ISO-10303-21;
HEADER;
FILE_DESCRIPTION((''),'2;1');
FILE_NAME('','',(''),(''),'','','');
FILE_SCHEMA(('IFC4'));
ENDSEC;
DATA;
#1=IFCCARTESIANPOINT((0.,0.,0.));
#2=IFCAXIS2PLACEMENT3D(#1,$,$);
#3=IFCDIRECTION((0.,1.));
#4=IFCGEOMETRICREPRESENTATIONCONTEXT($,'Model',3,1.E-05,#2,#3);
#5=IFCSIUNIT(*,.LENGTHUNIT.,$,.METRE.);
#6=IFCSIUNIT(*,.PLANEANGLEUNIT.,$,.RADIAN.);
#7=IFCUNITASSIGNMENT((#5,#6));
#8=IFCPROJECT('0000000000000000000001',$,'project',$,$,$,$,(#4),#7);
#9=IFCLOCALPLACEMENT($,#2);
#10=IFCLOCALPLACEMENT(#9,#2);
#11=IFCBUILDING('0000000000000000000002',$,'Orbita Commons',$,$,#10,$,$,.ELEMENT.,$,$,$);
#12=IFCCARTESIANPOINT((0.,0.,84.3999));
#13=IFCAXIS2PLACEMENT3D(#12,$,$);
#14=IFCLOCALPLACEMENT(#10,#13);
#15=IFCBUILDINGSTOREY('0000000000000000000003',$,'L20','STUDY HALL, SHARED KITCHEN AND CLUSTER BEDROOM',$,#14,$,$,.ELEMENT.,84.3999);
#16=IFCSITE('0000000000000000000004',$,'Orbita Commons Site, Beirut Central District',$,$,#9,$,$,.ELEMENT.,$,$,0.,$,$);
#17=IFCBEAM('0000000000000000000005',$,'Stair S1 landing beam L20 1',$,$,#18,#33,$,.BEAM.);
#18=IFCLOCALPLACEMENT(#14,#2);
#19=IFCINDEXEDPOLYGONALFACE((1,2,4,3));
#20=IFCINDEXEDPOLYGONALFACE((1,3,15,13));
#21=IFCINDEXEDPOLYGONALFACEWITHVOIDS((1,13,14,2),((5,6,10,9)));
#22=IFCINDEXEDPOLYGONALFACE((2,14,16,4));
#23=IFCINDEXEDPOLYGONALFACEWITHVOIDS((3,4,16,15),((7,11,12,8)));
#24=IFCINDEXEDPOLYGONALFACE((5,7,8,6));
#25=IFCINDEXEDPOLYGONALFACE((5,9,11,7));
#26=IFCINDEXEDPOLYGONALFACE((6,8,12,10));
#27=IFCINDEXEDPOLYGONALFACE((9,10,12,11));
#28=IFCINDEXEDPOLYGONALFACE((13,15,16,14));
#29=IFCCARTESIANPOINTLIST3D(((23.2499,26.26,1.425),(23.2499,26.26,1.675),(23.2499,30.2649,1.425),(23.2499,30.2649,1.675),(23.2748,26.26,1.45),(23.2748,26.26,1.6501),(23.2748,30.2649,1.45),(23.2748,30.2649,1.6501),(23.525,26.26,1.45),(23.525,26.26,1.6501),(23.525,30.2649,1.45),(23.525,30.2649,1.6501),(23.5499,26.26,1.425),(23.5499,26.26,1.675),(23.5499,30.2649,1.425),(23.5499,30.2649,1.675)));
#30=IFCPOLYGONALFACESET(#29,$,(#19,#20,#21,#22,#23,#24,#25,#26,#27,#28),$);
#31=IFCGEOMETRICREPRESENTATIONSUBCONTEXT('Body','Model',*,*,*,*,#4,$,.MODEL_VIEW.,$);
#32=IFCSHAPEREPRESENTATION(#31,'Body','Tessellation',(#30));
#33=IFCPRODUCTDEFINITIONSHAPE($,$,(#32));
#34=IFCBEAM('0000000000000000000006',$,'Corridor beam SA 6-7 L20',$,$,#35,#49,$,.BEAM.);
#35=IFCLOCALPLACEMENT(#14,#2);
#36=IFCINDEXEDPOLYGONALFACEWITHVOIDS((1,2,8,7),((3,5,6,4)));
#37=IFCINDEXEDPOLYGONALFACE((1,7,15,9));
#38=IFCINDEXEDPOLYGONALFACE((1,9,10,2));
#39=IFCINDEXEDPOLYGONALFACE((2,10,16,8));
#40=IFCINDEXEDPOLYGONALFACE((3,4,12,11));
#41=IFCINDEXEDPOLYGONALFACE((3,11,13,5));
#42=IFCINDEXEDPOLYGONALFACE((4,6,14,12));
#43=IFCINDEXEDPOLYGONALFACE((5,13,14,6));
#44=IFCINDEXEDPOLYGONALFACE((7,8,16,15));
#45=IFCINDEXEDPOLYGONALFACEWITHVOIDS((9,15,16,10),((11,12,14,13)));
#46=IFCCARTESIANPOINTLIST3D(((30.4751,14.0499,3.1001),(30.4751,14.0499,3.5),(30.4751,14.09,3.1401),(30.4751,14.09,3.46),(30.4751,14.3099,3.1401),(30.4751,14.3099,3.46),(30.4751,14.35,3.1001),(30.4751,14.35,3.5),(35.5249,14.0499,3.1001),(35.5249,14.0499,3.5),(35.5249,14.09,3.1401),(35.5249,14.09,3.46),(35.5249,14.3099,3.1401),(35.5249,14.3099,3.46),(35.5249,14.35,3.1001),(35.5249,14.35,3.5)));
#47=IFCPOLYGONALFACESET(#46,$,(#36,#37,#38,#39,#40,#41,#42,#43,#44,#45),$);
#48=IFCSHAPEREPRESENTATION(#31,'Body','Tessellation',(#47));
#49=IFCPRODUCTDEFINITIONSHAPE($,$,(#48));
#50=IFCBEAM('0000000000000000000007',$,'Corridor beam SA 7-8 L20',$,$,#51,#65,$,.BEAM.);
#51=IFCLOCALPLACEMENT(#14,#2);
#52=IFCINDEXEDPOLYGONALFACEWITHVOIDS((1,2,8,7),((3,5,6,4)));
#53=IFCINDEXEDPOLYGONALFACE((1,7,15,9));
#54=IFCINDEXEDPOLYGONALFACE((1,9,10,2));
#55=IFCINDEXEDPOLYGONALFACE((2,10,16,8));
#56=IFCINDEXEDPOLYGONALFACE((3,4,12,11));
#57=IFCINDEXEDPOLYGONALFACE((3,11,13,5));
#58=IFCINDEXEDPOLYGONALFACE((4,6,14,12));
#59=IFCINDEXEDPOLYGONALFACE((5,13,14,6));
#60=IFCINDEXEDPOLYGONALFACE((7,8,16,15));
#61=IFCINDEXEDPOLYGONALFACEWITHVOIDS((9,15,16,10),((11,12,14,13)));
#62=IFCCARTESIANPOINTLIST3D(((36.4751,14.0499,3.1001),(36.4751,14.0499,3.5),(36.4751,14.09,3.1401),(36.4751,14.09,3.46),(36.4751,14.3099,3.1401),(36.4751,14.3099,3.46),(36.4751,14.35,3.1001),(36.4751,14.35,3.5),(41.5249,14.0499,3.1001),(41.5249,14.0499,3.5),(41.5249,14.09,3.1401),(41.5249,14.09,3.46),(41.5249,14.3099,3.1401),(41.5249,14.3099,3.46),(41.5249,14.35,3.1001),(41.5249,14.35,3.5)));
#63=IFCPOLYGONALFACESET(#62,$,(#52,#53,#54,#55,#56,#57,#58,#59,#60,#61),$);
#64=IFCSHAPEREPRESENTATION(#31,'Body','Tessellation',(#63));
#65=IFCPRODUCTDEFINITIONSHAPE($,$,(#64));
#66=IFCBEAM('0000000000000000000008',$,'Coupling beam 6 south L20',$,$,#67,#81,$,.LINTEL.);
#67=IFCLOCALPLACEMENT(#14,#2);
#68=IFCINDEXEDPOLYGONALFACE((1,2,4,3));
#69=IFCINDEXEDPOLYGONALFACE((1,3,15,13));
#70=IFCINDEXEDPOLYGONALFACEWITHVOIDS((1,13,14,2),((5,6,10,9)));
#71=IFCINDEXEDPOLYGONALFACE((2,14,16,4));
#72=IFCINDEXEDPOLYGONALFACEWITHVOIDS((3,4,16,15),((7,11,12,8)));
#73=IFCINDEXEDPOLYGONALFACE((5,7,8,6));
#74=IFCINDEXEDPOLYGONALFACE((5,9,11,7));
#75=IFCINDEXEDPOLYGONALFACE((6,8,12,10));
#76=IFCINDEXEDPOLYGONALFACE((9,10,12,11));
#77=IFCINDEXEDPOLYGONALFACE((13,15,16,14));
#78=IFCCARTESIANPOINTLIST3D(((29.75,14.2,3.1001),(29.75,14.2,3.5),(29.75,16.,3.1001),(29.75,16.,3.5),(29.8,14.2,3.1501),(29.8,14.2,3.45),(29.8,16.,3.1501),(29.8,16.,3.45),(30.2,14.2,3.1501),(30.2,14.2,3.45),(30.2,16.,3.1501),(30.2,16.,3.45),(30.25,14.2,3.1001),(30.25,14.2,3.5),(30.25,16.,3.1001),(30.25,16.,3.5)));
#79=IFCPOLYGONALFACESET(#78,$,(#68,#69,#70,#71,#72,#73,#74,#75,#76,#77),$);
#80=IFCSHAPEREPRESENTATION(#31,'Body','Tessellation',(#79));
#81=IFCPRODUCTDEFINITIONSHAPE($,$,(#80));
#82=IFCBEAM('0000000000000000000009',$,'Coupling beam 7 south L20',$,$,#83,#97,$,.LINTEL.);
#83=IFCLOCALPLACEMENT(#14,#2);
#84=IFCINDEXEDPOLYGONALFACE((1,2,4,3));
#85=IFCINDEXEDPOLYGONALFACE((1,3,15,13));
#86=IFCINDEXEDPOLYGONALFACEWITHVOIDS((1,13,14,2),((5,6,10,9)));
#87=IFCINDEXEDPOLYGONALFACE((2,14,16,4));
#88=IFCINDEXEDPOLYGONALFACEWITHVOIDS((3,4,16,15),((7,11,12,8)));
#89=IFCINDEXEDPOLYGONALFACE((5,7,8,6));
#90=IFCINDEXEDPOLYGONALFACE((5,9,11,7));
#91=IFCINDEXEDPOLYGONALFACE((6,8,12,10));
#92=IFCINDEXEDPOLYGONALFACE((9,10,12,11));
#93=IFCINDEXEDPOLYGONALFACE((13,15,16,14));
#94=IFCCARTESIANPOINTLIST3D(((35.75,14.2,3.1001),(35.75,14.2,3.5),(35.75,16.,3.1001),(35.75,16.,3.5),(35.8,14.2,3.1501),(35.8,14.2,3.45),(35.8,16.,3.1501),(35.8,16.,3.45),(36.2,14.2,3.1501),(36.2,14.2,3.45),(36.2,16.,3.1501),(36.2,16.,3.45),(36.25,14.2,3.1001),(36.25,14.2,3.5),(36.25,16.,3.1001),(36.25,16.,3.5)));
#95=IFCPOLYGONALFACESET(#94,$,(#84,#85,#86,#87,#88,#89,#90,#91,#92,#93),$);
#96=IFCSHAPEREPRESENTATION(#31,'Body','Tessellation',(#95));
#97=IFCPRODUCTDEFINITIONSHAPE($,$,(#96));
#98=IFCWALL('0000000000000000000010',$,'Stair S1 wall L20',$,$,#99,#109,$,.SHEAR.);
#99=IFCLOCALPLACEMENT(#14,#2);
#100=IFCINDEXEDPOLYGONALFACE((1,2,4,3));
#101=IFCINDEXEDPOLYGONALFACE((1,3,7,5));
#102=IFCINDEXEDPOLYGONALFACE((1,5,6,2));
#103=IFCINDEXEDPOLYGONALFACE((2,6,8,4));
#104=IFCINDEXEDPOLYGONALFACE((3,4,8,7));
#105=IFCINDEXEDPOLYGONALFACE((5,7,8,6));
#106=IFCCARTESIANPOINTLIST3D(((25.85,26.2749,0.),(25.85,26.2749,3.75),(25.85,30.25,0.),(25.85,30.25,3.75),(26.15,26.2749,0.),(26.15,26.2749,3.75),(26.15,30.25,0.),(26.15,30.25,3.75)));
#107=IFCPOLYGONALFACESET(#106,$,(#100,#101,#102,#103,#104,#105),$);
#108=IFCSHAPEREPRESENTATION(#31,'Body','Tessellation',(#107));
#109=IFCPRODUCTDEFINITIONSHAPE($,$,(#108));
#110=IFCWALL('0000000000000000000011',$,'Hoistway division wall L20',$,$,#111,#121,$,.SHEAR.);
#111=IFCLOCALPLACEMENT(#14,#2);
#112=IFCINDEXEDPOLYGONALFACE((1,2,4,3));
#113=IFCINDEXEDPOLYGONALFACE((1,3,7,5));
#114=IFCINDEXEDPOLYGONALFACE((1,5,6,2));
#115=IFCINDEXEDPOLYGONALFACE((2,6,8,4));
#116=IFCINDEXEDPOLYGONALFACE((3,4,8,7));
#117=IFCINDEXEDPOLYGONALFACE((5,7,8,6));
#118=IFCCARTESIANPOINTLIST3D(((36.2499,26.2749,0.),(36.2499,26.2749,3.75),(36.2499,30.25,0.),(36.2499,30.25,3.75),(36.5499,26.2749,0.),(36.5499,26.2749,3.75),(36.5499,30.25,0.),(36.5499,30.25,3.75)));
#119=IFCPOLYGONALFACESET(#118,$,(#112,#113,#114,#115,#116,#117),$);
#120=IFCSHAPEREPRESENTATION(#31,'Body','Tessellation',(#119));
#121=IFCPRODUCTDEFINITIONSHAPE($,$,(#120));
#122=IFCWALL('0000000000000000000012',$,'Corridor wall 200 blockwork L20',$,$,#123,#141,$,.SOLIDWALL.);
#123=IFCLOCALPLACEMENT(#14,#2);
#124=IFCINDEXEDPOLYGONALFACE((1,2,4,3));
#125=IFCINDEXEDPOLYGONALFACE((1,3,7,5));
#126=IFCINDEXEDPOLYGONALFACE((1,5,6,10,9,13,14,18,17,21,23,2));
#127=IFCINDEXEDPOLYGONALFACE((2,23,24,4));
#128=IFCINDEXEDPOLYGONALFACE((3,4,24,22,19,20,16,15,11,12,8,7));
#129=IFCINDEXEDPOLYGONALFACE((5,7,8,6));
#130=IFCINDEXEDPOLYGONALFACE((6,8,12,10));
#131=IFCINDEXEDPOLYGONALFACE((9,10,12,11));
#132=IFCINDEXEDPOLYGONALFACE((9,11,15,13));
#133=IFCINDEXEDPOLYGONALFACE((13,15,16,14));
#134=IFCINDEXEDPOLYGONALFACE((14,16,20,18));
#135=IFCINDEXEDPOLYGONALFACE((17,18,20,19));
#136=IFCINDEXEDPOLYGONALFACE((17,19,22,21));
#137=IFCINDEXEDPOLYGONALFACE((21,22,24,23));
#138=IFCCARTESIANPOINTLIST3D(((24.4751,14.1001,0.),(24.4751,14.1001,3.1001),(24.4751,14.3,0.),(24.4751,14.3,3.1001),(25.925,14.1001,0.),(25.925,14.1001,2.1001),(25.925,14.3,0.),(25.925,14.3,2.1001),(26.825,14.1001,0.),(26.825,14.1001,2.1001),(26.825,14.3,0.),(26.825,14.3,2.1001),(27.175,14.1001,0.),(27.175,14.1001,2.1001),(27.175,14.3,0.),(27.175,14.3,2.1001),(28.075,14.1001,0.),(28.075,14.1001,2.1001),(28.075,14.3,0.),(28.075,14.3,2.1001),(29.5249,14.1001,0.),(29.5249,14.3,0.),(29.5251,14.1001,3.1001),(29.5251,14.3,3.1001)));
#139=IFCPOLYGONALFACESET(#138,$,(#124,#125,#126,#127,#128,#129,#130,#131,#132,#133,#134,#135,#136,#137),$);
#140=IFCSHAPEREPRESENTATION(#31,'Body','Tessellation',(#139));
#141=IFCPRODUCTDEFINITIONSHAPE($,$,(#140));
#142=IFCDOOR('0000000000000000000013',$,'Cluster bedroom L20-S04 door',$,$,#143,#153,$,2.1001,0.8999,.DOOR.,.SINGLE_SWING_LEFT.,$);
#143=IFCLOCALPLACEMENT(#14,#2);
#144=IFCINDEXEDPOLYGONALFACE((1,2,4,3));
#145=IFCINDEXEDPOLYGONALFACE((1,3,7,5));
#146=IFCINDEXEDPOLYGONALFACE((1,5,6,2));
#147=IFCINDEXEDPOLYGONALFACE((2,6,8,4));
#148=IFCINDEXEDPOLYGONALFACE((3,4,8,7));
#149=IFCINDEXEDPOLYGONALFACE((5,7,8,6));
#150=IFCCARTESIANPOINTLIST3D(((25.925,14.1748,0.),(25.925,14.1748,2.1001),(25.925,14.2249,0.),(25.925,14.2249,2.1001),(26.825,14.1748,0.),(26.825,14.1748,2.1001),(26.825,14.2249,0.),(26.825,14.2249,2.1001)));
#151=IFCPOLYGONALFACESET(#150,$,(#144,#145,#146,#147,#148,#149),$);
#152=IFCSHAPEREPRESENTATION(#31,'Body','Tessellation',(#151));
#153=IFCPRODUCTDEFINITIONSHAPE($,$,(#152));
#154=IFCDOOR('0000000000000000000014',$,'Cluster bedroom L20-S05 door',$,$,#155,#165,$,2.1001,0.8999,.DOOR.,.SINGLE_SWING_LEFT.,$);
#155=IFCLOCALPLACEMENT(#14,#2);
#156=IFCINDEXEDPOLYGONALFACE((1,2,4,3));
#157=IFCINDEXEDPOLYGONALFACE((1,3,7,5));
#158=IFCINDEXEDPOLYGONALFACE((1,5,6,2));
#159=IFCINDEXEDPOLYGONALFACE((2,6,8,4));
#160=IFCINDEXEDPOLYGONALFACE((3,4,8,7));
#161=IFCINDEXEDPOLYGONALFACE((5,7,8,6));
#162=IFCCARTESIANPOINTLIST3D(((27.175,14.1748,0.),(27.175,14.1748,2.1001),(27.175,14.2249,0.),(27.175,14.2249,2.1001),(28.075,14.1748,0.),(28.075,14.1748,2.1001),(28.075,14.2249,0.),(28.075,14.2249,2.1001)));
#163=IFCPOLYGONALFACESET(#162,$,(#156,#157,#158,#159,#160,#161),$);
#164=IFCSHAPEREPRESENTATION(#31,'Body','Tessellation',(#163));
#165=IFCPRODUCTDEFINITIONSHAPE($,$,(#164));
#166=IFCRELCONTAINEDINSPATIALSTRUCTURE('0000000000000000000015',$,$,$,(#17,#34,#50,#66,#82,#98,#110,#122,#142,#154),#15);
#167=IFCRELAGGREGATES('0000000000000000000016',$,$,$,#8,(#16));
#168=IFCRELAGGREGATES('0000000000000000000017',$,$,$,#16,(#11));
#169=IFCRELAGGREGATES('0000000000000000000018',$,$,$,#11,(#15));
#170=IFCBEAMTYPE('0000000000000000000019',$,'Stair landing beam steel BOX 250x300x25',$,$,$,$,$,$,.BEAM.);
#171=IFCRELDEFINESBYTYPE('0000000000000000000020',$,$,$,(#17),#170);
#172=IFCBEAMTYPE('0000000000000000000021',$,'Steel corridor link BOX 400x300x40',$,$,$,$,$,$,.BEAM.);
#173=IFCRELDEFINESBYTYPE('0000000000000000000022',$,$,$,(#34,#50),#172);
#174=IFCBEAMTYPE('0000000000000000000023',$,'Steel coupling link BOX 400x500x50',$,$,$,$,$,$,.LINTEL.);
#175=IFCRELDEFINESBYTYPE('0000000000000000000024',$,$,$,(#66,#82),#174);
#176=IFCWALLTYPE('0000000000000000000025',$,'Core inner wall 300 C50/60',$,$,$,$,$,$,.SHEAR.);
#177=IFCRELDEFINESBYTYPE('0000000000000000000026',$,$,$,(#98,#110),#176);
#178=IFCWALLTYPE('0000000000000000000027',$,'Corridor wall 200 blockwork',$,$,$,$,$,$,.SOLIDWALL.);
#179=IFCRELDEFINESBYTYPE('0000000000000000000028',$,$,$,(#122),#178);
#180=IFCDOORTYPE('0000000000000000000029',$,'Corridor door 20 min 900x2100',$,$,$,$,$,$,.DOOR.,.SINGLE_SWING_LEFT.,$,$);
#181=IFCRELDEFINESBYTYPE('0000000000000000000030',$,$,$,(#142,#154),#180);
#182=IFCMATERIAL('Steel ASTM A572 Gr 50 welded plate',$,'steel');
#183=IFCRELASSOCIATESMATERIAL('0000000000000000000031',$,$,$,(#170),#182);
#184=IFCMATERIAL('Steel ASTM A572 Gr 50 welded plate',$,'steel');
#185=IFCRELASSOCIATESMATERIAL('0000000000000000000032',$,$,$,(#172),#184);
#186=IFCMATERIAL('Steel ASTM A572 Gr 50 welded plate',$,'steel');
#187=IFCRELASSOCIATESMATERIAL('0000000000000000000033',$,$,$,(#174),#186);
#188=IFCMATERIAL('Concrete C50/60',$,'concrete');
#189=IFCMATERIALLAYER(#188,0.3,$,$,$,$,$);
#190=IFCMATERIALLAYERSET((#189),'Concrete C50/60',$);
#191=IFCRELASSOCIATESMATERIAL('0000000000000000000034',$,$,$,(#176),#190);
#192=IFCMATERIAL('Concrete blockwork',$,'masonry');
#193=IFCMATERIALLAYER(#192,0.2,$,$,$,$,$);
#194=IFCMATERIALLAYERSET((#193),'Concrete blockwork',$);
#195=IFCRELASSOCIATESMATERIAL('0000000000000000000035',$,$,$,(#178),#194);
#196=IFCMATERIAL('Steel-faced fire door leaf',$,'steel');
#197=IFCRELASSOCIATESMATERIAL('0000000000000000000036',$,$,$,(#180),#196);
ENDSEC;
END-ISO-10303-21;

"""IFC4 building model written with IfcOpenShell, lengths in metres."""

from ifc_helpers import new_model, si_unit, direction, frame, frame_2d, origin, origin_2d, place, context, subcontext, project, spatial, polyline, rectangle, hollow_rectangle, outline, extrude, material, layer, layer_set, material_profile, profile_set, type_object, element, fill, save


model = new_model("IFC4")

# Units and contexts
model_context = context("Model", 3, precision=1e-05, world=origin(), true_north=direction((0.0, 1.0)))
body_context = subcontext(model_context, "Body", "Model", "MODEL_VIEW")
ifc_project = project(units=[si_unit("LENGTHUNIT", "METRE"), si_unit("PLANEANGLEUNIT", "RADIAN")], contexts=[model_context])

# Site, building, storey
site_placement = place(None, origin())
site = spatial("IfcSite", under=ifc_project, at=site_placement, Name="Orbita Commons Site, Beirut Central District", CompositionType="ELEMENT", RefElevation=0.0)
building_placement = place(site_placement, origin())
building = spatial("IfcBuilding", under=site, at=building_placement, Name="Orbita Commons", CompositionType="ELEMENT")
storey_placement = place(building_placement, frame((0.0, 0.0, 84.3999)))
storey = spatial("IfcBuildingStorey", under=building, at=storey_placement, Name="L20", Description="STUDY HALL, SHARED KITCHEN AND CLUSTER BEDROOM", CompositionType="ELEMENT", Elevation=84.3999)

# Beams
ifc_material_1 = material(Name="Steel ASTM A572 Gr 50 welded plate", Category="steel")
ifc_material_profile_1 = material_profile(ifc_material_1, hollow_rectangle(XDim=0.3, YDim=0.25, WallThickness=0.0249, at=origin_2d()), Name="BOX 250x300x25")
ifc_profile_set_1 = profile_set([ifc_material_profile_1], Name="Steel ASTM A572 Gr 50 welded plate")
beam_type_1 = type_object("IfcBeamType", Name="Stair landing beam steel BOX 250x300x25", PredefinedType="BEAM", material=ifc_profile_set_1)
beam_placement = place(storey_placement, frame((23.3999, 26.26, 1.55), z_axis=(0.0, 1.0, 0.0), x_axis=(-1.0, 0.0, 0.0)))
element("IfcBeam", 1, at=beam_placement, inside=storey, type_object=beam_type_1, Name="Stair S1 landing beam L20 1", PredefinedType="BEAM", context=body_context, shape_type="SweptSolid", body=[
    extrude(hollow_rectangle(XDim=0.3, YDim=0.25, WallThickness=0.0249, at=origin_2d()), origin(), (0.0, 0.0, 1.0), 4.0049),
])
ifc_material_2 = material(Name="Steel ASTM A572 Gr 50 welded plate", Category="steel")
ifc_material_profile_2 = material_profile(ifc_material_2, hollow_rectangle(XDim=0.3, YDim=0.3999, WallThickness=0.04, at=origin_2d()), Name="BOX 400x300x40")
ifc_profile_set_2 = profile_set([ifc_material_profile_2], Name="Steel ASTM A572 Gr 50 welded plate")
beam_type_2 = type_object("IfcBeamType", Name="Steel corridor link BOX 400x300x40", PredefinedType="BEAM", material=ifc_profile_set_2)
for number, where, z_axis, x_axis, name in (
    (2, (30.4751, 14.2, 3.3), (1.0, 0.0, 0.0), (0.0, 1.0, 0.0), "Corridor beam SA 6-7 L20"),
    (3, (36.4751, 14.2, 3.3), (1.0, 0.0, 0.0), (0.0, 1.0, 0.0), "Corridor beam SA 7-8 L20"),
):
    element("IfcBeam", number, at=place(storey_placement, frame(where, z_axis=z_axis, x_axis=x_axis)), inside=storey, type_object=beam_type_2, Name=name, PredefinedType="BEAM", context=body_context, shape_type="SweptSolid", body=[
        extrude(hollow_rectangle(XDim=0.3, YDim=0.3999, WallThickness=0.04, at=origin_2d()), origin(), (0.0, 0.0, 1.0), 5.0498),
    ])
ifc_material_3 = material(Name="Steel ASTM A572 Gr 50 welded plate", Category="steel")
ifc_material_profile_3 = material_profile(ifc_material_3, hollow_rectangle(XDim=0.5, YDim=0.3999, WallThickness=0.05, at=origin_2d()), Name="BOX 400x500x50")
ifc_profile_set_3 = profile_set([ifc_material_profile_3], Name="Steel ASTM A572 Gr 50 welded plate")
beam_type_3 = type_object("IfcBeamType", Name="Steel coupling link BOX 400x500x50", PredefinedType="LINTEL", material=ifc_profile_set_3)
for number, where, z_axis, x_axis, name in (
    (4, (30.0, 14.2, 3.3), (0.0, 1.0, 0.0), (-1.0, 0.0, 0.0), "Coupling beam 6 south L20"),
    (5, (36.0, 14.2, 3.3), (0.0, 1.0, 0.0), (-1.0, 0.0, 0.0), "Coupling beam 7 south L20"),
):
    element("IfcBeam", number, at=place(storey_placement, frame(where, z_axis=z_axis, x_axis=x_axis)), inside=storey, type_object=beam_type_3, Name=name, PredefinedType="LINTEL", context=body_context, shape_type="SweptSolid", body=[
        extrude(hollow_rectangle(XDim=0.5, YDim=0.3999, WallThickness=0.05, at=origin_2d()), origin(), (0.0, 0.0, 1.0), 1.8),
    ])

# Walls
ifc_material_4 = material(Name="Concrete C50/60", Category="concrete")
ifc_layer_1 = layer(ifc_material_4, 0.3)
ifc_layer_set_1 = layer_set([ifc_layer_1], Name="Concrete C50/60")
wall_type_1 = type_object("IfcWallType", Name="Core inner wall 300 C50/60", PredefinedType="SHEAR", material=ifc_layer_set_1)
for number, where, z_axis, x_axis, name in (
    (6, (26.0, 26.2749, 0.0), (0.0, 0.0, 1.0), (0.0, 1.0, 0.0), "Stair S1 wall L20"),
    (7, (36.3999, 26.2749, 0.0), (0.0, 0.0, 1.0), (0.0, 1.0, 0.0), "Hoistway division wall L20"),
):
    element("IfcWall", number, at=place(storey_placement, frame(where, z_axis=z_axis, x_axis=x_axis)), inside=storey, type_object=wall_type_1, Name=name, PredefinedType="SHEAR", context=body_context, shape_type="SweptSolid", body=[
        extrude(rectangle(XDim=3.9751, YDim=0.3, at=frame_2d((1.9875, 0.0))), origin(), (0.0, 0.0, 1.0), 3.75),
    ])

# Wall, openings, doors
ifc_material_5 = material(Name="Concrete blockwork", Category="masonry")
ifc_layer_2 = layer(ifc_material_5, 0.2)
ifc_layer_set_2 = layer_set([ifc_layer_2], Name="Concrete blockwork")
wall_type_2 = type_object("IfcWallType", Name="Corridor wall 200 blockwork", PredefinedType="SOLIDWALL", material=ifc_layer_set_2)
wall_1_placement = place(storey_placement, frame((24.4751, 14.2, 0.0), z_axis=(0.0, 0.0, 1.0), x_axis=(1.0, 0.0, 0.0)))
wall_1 = element("IfcWall", 8, at=wall_1_placement, inside=storey, type_object=wall_type_2, Name="Corridor wall 200 blockwork L20", PredefinedType="SOLIDWALL", context=body_context, shape_type="SweptSolid", body=[
    extrude(outline(polyline([(0.0, 0.0), (5.0498, 0.0), (5.05, 3.1001), (0.0, 3.1001), (0.0, 0.0)])), frame((0.0, 0.1001, 0.0), z_axis=(0.0, -1.0, 0.0), x_axis=(1.0, 0.0, 0.0)), (0.0, 0.0, 1.0), 0.2),
])
opening_1_placement = place(wall_1_placement, frame((1.45, 0.0, 0.0)))
opening_1 = element("IfcOpeningElement", 9, at=opening_1_placement, cuts=wall_1, PredefinedType="OPENING", context=body_context, shape_type="SweptSolid", body=[
    extrude(rectangle(XDim=0.8999, YDim=2.1001, at=frame_2d((0.45, 1.05))), frame((0.0, 0.1099, 0.0), z_axis=(0.0, -1.0, 0.0), x_axis=(1.0, 0.0, 0.0)), (0.0, 0.0, 1.0), 0.22),
])
opening_2_placement = place(wall_1_placement, frame((2.7, 0.0, 0.0)))
opening_2 = element("IfcOpeningElement", 10, at=opening_2_placement, cuts=wall_1, PredefinedType="OPENING", context=body_context, shape_type="SweptSolid", body=[
    extrude(rectangle(XDim=0.8999, YDim=2.1001, at=frame_2d((0.45, 1.05))), frame((0.0, 0.1099, 0.0), z_axis=(0.0, -1.0, 0.0), x_axis=(1.0, 0.0, 0.0)), (0.0, 0.0, 1.0), 0.22),
])
ifc_material_6 = material(Name="Steel-faced fire door leaf", Category="steel")
door_type = type_object("IfcDoorType", Name="Corridor door 20 min 900x2100", OperationType="SINGLE_SWING_LEFT", PredefinedType="DOOR", material=ifc_material_6)
door_1_placement = place(opening_1_placement, origin())
door_1 = element("IfcDoor", 11, at=door_1_placement, inside=storey, type_object=door_type, Name="Cluster bedroom L20-S04 door", OperationType="SINGLE_SWING_LEFT", OverallHeight=2.1001, OverallWidth=0.8999, PredefinedType="DOOR", context=body_context, shape_type="SweptSolid", body=[
    extrude(rectangle(XDim=0.8999, YDim=2.1001, at=frame_2d((0.45, 1.05))), frame((0.0, 0.0249, 0.0), z_axis=(0.0, -1.0, 0.0), x_axis=(1.0, 0.0, 0.0)), (0.0, 0.0, 1.0), 0.05),
])
fill(opening_1, door_1)
door_2_placement = place(opening_2_placement, origin())
door_2 = element("IfcDoor", 12, at=door_2_placement, inside=storey, type_object=door_type, Name="Cluster bedroom L20-S05 door", OperationType="SINGLE_SWING_LEFT", OverallHeight=2.1001, OverallWidth=0.8999, PredefinedType="DOOR", context=body_context, shape_type="SweptSolid", body=[
    extrude(rectangle(XDim=0.8999, YDim=2.1001, at=frame_2d((0.45, 1.05))), frame((0.0, 0.0249, 0.0), z_axis=(0.0, -1.0, 0.0), x_axis=(1.0, 0.0, 0.0)), (0.0, 0.0, 1.0), 0.05),
])
fill(opening_2, door_2)

save(model, "model.ifc")
